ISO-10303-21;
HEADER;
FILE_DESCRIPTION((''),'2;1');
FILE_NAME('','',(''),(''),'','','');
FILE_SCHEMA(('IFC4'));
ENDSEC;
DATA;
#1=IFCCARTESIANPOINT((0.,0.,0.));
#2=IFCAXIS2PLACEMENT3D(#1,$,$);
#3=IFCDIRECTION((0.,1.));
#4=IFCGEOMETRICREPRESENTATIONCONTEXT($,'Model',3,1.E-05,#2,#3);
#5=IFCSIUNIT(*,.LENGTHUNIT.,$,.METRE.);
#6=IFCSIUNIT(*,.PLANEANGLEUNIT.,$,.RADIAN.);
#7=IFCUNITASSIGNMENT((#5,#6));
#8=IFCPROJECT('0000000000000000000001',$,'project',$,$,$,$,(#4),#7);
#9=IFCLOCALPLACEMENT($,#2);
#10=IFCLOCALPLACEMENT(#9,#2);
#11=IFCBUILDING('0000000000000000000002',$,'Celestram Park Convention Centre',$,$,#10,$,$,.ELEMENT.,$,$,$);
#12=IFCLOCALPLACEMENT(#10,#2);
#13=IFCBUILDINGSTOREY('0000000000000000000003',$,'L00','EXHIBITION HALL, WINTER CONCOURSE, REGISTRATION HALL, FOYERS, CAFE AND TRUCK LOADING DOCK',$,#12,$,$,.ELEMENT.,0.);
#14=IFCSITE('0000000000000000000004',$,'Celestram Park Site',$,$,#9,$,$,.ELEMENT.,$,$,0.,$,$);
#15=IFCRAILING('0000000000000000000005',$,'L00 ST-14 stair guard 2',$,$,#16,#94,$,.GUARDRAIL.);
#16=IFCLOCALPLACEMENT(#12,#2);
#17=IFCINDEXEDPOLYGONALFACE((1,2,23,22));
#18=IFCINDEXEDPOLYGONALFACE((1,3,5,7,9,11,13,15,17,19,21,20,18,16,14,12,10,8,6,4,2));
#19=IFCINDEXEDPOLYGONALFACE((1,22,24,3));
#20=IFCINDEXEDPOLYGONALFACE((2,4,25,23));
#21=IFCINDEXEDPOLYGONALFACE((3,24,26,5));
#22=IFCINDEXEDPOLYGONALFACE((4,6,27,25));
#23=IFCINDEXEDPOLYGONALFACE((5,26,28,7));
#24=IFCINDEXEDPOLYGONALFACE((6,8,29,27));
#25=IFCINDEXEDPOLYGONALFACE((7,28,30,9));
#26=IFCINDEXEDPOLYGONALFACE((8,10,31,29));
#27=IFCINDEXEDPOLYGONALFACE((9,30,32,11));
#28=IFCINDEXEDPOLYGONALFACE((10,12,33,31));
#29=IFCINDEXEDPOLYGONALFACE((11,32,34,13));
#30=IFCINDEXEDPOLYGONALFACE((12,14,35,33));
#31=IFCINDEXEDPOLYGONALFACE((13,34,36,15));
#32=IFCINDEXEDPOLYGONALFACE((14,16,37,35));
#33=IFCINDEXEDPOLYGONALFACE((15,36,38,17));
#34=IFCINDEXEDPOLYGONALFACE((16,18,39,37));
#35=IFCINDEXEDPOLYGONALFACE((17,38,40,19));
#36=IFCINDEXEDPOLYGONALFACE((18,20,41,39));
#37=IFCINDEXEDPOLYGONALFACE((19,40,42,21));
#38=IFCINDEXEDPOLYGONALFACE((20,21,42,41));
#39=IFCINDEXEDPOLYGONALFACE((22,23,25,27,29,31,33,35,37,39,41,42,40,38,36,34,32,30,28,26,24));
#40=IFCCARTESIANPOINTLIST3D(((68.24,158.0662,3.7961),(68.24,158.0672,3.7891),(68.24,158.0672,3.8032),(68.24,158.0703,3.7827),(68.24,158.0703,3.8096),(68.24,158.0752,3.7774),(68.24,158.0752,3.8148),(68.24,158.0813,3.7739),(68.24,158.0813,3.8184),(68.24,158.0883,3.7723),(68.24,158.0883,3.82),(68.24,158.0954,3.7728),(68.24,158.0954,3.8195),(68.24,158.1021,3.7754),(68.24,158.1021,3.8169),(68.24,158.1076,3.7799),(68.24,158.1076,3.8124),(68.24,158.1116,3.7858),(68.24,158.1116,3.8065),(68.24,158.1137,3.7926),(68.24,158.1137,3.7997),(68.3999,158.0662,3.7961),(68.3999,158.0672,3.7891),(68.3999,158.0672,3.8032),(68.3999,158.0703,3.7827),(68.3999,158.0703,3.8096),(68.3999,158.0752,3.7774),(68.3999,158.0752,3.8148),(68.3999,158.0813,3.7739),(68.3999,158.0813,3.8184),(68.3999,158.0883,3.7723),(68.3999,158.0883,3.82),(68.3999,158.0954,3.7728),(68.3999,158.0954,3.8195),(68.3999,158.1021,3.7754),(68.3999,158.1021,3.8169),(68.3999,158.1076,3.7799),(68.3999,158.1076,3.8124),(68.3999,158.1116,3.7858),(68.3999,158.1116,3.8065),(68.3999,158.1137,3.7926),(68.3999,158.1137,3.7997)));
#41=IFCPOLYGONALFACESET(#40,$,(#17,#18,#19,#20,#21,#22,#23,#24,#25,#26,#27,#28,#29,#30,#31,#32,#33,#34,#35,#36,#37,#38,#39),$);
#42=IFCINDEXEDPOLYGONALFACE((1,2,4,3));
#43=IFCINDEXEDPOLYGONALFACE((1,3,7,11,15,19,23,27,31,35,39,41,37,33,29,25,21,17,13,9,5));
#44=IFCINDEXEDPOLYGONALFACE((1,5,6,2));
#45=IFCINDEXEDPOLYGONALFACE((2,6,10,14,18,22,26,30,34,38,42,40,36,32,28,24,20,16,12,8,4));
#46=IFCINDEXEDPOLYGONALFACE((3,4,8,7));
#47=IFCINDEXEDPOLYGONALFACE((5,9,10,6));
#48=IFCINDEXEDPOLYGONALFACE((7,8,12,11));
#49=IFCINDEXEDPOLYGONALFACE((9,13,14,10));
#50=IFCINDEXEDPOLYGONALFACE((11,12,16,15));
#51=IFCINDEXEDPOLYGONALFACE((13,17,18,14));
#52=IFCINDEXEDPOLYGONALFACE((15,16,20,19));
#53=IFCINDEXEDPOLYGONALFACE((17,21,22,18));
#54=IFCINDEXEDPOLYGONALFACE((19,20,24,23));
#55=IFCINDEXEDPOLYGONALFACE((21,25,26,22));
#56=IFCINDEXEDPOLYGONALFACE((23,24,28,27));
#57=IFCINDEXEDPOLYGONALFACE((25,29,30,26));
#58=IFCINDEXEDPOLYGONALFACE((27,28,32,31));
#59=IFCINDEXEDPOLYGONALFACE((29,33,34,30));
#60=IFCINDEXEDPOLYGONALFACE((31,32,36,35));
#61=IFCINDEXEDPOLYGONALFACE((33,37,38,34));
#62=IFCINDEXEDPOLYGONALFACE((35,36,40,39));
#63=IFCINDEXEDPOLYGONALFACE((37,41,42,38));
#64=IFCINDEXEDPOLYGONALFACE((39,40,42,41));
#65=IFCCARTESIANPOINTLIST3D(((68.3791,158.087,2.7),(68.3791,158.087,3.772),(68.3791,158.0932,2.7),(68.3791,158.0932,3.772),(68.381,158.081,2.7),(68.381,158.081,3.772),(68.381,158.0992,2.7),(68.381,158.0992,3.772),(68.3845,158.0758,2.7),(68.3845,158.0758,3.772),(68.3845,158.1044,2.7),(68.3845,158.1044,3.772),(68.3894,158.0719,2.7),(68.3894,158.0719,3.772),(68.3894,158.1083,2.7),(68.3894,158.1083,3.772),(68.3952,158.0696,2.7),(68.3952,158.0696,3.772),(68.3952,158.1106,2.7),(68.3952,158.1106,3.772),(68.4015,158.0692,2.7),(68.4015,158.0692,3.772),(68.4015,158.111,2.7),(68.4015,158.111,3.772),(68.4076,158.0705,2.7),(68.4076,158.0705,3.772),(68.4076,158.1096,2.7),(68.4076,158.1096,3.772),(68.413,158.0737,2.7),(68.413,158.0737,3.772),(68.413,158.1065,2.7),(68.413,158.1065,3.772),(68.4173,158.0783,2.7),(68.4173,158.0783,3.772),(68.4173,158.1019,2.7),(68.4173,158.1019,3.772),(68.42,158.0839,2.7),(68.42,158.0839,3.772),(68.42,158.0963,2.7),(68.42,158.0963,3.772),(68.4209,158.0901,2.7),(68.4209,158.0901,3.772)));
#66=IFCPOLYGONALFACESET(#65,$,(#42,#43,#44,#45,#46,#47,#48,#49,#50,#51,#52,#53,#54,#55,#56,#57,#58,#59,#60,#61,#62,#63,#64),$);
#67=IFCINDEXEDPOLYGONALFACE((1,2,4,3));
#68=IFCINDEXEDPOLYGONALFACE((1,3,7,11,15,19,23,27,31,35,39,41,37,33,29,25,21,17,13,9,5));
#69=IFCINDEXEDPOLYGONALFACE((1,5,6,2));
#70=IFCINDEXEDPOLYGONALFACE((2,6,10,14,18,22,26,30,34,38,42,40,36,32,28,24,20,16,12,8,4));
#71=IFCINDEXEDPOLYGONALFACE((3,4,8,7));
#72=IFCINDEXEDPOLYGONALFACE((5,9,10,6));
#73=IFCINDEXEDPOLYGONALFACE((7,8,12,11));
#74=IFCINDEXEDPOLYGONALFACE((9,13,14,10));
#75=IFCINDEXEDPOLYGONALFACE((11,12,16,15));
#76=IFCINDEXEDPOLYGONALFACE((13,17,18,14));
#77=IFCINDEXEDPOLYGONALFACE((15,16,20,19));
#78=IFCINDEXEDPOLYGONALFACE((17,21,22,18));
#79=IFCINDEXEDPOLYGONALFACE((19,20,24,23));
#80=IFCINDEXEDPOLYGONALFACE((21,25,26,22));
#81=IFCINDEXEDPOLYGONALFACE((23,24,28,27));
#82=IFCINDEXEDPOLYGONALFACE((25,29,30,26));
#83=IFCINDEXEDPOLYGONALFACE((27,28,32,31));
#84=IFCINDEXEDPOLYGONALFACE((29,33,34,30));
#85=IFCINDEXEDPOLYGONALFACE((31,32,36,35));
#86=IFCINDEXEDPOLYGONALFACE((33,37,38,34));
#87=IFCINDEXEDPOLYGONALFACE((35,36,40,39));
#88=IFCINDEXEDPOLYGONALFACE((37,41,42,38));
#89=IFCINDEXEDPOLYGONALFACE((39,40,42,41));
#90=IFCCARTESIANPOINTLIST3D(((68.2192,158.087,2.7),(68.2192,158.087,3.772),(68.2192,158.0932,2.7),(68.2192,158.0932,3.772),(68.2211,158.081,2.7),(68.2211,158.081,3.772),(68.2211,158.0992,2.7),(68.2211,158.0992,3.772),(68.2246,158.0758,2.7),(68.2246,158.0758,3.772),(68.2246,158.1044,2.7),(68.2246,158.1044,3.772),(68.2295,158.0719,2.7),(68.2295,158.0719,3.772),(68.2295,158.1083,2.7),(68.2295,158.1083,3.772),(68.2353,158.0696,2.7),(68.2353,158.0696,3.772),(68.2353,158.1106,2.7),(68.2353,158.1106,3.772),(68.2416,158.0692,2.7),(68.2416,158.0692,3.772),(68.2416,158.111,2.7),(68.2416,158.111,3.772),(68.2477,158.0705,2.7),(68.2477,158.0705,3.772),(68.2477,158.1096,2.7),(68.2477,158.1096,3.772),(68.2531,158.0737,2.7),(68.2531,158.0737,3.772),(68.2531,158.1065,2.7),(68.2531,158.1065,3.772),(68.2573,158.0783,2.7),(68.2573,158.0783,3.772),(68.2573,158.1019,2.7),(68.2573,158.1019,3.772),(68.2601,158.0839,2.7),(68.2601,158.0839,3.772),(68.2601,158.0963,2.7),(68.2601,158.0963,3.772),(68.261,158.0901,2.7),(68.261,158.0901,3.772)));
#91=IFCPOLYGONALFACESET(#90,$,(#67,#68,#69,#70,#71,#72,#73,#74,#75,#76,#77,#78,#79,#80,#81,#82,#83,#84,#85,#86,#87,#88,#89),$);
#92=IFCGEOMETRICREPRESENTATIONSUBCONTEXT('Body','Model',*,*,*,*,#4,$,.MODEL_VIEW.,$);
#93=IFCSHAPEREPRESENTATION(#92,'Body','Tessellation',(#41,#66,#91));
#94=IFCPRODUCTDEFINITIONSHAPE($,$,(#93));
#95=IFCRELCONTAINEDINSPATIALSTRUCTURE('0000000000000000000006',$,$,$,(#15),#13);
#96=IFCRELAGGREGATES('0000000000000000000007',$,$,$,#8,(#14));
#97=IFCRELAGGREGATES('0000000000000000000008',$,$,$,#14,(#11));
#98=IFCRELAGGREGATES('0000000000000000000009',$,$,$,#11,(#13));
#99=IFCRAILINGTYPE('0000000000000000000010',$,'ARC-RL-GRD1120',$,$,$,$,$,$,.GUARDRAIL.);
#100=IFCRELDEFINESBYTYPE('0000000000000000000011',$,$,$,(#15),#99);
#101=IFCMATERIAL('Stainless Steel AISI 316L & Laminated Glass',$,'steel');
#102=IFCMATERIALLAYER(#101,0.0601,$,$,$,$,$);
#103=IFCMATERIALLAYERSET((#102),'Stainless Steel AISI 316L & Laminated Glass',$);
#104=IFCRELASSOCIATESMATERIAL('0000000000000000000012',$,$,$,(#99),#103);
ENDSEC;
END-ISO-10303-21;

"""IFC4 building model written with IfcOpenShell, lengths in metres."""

from ifc_helpers import new_model, si_unit, direction, frame, origin, origin_2d, place, context, subcontext, project, spatial, circle, extrude, material, layer, layer_set, type_object, element, save


model = new_model("IFC4")

# Units and contexts
model_context = context("Model", 3, precision=1e-05, world=origin(), true_north=direction((0.0, 1.0)))
body_context = subcontext(model_context, "Body", "Model", "MODEL_VIEW")
ifc_project = project(units=[si_unit("LENGTHUNIT", "METRE"), si_unit("PLANEANGLEUNIT", "RADIAN")], contexts=[model_context])

# Site, building, storey
site_placement = place(None, origin())
site = spatial("IfcSite", under=ifc_project, at=site_placement, Name="Celestram Park Site", CompositionType="ELEMENT", RefElevation=0.0)
building_placement = place(site_placement, origin())
building = spatial("IfcBuilding", under=site, at=building_placement, Name="Celestram Park Convention Centre", CompositionType="ELEMENT")
storey_placement = place(building_placement, origin())
storey = spatial("IfcBuildingStorey", under=building, at=storey_placement, Name="L00", Description="EXHIBITION HALL, WINTER CONCOURSE, REGISTRATION HALL, FOYERS, CAFE AND TRUCK LOADING DOCK", CompositionType="ELEMENT", Elevation=0.0)

# Railing
ifc_material_1 = material(Name="Stainless Steel AISI 316L & Laminated Glass", Category="steel")
ifc_layer_1 = layer(ifc_material_1, 0.0601)
ifc_layer_set_1 = layer_set([ifc_layer_1], Name="Stainless Steel AISI 316L & Laminated Glass")
railing_type_1 = type_object("IfcRailingType", Name="ARC-RL-GRD1120", PredefinedType="GUARDRAIL", material=ifc_layer_set_1)
railing_1_placement = place(storey_placement, frame((68.3999, 158.0901, 2.7)))
element("IfcRailing", 1, at=railing_1_placement, inside=storey, type_object=railing_type_1, Name="L00 ST-14 stair guard 2", PredefinedType="GUARDRAIL", context=body_context, shape_type="SweptSolid", body=[
    extrude(circle(Radius=0.0239, at=origin_2d()), frame((0.0, 0.0, 1.0962), z_axis=(-1.0, 0.0, 0.0), x_axis=(0.0, -1.0, 0.0)), (0.0, 0.0, 1.0), 0.1599),
    extrude(circle(Radius=0.021, at=origin_2d()), origin(), (0.0, 0.0, 1.0), 1.072),
    extrude(circle(Radius=0.021, at=origin_2d()), frame((-0.1599, 0.0, 0.0)), (0.0, 0.0, 1.0), 1.072),
])

save(model, "model.ifc")
